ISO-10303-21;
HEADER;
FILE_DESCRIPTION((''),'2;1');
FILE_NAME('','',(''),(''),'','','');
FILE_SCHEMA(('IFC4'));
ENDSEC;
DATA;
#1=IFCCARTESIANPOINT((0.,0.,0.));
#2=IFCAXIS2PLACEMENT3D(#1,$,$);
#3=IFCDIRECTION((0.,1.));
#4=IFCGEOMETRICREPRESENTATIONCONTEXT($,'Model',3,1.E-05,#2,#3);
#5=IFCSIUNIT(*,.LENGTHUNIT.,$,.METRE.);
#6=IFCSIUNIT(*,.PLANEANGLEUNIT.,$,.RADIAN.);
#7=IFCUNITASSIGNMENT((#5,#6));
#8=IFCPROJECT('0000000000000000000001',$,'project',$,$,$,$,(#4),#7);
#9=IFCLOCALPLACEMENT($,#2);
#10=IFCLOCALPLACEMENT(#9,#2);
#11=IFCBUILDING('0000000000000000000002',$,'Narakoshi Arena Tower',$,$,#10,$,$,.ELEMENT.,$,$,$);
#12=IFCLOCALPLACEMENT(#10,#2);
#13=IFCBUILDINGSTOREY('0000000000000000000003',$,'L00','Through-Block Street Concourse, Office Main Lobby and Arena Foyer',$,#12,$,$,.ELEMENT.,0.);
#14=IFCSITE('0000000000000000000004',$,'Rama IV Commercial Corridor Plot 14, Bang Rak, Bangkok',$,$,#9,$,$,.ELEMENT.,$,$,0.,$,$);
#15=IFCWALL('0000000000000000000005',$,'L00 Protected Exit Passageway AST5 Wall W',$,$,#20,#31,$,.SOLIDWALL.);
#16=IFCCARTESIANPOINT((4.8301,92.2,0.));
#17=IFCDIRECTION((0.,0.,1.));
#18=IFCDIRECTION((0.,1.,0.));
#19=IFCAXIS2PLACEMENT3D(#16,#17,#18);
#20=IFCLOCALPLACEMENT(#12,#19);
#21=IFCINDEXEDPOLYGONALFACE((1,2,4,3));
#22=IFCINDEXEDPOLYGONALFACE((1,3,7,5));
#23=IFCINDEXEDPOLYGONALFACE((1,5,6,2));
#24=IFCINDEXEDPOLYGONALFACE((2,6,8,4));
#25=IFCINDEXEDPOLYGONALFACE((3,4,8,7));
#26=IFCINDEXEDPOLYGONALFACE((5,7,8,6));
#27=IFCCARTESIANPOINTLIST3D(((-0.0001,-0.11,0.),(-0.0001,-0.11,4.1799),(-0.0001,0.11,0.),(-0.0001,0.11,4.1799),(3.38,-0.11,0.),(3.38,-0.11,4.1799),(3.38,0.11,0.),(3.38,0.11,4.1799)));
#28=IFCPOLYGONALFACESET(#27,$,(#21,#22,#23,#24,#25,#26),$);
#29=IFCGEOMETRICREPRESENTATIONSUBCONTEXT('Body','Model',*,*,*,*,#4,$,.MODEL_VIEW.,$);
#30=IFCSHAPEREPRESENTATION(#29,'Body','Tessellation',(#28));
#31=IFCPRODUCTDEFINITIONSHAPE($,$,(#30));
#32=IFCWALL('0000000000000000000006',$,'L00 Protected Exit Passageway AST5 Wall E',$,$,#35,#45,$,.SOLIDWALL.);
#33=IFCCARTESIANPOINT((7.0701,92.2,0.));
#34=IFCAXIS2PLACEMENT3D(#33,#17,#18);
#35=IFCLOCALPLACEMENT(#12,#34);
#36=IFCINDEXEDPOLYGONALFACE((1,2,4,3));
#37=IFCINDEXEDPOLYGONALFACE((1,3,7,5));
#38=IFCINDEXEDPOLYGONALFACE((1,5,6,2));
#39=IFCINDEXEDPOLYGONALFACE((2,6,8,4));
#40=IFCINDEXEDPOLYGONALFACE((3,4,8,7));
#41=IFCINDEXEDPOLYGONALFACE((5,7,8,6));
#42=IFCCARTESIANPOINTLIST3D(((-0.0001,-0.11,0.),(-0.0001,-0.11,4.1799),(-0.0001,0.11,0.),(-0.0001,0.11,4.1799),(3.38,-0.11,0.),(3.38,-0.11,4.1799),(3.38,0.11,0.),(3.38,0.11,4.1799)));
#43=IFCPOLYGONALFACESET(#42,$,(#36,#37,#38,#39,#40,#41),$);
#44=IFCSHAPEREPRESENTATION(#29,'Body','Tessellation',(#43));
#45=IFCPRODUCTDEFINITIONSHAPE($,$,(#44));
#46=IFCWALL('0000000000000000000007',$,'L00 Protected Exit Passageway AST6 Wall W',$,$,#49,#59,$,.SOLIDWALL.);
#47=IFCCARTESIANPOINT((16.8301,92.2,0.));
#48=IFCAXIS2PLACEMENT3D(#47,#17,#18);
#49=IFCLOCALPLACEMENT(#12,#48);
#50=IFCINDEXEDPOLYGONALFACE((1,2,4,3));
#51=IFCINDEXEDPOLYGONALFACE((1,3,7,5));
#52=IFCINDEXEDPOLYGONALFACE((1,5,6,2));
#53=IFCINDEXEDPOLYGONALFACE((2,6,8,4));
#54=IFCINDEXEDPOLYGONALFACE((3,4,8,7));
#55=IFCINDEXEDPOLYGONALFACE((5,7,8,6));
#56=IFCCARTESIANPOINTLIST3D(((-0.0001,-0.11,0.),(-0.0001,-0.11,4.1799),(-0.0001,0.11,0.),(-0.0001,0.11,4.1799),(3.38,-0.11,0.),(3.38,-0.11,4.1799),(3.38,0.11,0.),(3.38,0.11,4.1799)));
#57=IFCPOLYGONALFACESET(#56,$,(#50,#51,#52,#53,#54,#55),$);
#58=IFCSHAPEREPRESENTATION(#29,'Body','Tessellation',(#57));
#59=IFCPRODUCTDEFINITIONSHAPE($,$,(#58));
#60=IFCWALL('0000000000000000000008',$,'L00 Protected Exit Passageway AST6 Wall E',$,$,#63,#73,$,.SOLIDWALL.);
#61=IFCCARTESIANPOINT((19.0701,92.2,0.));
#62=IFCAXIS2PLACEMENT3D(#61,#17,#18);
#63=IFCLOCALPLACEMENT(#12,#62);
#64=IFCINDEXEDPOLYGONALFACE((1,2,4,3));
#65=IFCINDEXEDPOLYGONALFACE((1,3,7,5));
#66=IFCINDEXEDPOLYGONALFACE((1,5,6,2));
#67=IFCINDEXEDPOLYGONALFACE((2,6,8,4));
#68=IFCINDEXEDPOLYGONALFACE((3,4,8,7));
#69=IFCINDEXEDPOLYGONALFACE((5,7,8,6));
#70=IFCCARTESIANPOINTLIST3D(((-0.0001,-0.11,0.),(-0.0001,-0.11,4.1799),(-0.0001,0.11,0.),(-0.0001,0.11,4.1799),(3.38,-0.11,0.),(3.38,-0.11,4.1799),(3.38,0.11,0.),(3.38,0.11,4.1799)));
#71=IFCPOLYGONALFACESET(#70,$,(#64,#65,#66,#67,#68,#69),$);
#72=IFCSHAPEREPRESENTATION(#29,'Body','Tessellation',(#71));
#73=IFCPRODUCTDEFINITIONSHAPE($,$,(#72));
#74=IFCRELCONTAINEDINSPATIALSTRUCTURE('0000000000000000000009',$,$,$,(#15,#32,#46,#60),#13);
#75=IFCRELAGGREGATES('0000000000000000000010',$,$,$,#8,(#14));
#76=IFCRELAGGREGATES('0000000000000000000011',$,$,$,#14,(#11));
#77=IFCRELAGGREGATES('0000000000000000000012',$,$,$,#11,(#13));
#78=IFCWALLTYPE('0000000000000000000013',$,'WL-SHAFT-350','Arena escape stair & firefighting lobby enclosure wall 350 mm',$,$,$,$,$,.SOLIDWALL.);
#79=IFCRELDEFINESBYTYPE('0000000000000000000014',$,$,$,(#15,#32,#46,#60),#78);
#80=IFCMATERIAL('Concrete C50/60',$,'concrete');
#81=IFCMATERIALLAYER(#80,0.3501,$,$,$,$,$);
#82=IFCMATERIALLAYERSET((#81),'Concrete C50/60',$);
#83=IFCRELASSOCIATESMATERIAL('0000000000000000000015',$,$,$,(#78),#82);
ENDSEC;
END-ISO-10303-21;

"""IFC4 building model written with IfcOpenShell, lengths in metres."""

from ifc_helpers import new_model, si_unit, direction, frame, frame_2d, origin, place, context, subcontext, project, spatial, rectangle, extrude, material, layer, layer_set, type_object, element, save


model = new_model("IFC4")

# Units and contexts
model_context = context("Model", 3, precision=1e-05, world=origin(), true_north=direction((0.0, 1.0)))
body_context = subcontext(model_context, "Body", "Model", "MODEL_VIEW")
ifc_project = project(units=[si_unit("LENGTHUNIT", "METRE"), si_unit("PLANEANGLEUNIT", "RADIAN")], contexts=[model_context])

# Site, building, storey
site_placement = place(None, origin())
site = spatial("IfcSite", under=ifc_project, at=site_placement, Name="Rama IV Commercial Corridor Plot 14, Bang Rak, Bangkok", CompositionType="ELEMENT", RefElevation=0.0)
building_placement = place(site_placement, origin())
building = spatial("IfcBuilding", under=site, at=building_placement, Name="Narakoshi Arena Tower", CompositionType="ELEMENT")
storey_placement = place(building_placement, origin())
storey = spatial("IfcBuildingStorey", under=building, at=storey_placement, Name="L00", Description="Through-Block Street Concourse, Office Main Lobby and Arena Foyer", CompositionType="ELEMENT", Elevation=0.0)

# Shared definitions
ifc_material_1 = material(Name="Concrete C50/60", Category="concrete")
ifc_layer_1 = layer(ifc_material_1, 0.3501)
ifc_layer_set_1 = layer_set([ifc_layer_1], Name="Concrete C50/60")
wall_type_1 = type_object("IfcWallType", Name="WL-SHAFT-350", Description="Arena escape stair & firefighting lobby enclosure wall 350 mm", PredefinedType="SOLIDWALL", material=ifc_layer_set_1)

# Walls
for number, where, z_axis, x_axis, name in (
    (1, (4.8301, 92.2, 0.0), (0.0, 0.0, 1.0), (0.0, 1.0, 0.0), "L00 Protected Exit Passageway AST5 Wall W"),
    (2, (7.0701, 92.2, 0.0), (0.0, 0.0, 1.0), (0.0, 1.0, 0.0), "L00 Protected Exit Passageway AST5 Wall E"),
):
    element("IfcWall", number, at=place(storey_placement, frame(where, z_axis=z_axis, x_axis=x_axis)), inside=storey, type_object=wall_type_1, Name=name, PredefinedType="SOLIDWALL", context=body_context, shape_type="SweptSolid", body=[
        extrude(rectangle(XDim=3.3801, YDim=0.22, at=frame_2d((1.6899, 0.0))), origin(), (0.0, 0.0, 1.0), 4.1799),
    ])

# Walls
for number, where, z_axis, x_axis, name in (
    (3, (16.8301, 92.2, 0.0), (0.0, 0.0, 1.0), (0.0, 1.0, 0.0), "L00 Protected Exit Passageway AST6 Wall W"),
    (4, (19.0701, 92.2, 0.0), (0.0, 0.0, 1.0), (0.0, 1.0, 0.0), "L00 Protected Exit Passageway AST6 Wall E"),
):
    element("IfcWall", number, at=place(storey_placement, frame(where, z_axis=z_axis, x_axis=x_axis)), inside=storey, type_object=wall_type_1, Name=name, PredefinedType="SOLIDWALL", context=body_context, shape_type="SweptSolid", body=[
        extrude(rectangle(XDim=3.3801, YDim=0.22, at=frame_2d((1.6899, 0.0))), origin(), (0.0, 0.0, 1.0), 4.1799),
    ])

save(model, "model.ifc")
